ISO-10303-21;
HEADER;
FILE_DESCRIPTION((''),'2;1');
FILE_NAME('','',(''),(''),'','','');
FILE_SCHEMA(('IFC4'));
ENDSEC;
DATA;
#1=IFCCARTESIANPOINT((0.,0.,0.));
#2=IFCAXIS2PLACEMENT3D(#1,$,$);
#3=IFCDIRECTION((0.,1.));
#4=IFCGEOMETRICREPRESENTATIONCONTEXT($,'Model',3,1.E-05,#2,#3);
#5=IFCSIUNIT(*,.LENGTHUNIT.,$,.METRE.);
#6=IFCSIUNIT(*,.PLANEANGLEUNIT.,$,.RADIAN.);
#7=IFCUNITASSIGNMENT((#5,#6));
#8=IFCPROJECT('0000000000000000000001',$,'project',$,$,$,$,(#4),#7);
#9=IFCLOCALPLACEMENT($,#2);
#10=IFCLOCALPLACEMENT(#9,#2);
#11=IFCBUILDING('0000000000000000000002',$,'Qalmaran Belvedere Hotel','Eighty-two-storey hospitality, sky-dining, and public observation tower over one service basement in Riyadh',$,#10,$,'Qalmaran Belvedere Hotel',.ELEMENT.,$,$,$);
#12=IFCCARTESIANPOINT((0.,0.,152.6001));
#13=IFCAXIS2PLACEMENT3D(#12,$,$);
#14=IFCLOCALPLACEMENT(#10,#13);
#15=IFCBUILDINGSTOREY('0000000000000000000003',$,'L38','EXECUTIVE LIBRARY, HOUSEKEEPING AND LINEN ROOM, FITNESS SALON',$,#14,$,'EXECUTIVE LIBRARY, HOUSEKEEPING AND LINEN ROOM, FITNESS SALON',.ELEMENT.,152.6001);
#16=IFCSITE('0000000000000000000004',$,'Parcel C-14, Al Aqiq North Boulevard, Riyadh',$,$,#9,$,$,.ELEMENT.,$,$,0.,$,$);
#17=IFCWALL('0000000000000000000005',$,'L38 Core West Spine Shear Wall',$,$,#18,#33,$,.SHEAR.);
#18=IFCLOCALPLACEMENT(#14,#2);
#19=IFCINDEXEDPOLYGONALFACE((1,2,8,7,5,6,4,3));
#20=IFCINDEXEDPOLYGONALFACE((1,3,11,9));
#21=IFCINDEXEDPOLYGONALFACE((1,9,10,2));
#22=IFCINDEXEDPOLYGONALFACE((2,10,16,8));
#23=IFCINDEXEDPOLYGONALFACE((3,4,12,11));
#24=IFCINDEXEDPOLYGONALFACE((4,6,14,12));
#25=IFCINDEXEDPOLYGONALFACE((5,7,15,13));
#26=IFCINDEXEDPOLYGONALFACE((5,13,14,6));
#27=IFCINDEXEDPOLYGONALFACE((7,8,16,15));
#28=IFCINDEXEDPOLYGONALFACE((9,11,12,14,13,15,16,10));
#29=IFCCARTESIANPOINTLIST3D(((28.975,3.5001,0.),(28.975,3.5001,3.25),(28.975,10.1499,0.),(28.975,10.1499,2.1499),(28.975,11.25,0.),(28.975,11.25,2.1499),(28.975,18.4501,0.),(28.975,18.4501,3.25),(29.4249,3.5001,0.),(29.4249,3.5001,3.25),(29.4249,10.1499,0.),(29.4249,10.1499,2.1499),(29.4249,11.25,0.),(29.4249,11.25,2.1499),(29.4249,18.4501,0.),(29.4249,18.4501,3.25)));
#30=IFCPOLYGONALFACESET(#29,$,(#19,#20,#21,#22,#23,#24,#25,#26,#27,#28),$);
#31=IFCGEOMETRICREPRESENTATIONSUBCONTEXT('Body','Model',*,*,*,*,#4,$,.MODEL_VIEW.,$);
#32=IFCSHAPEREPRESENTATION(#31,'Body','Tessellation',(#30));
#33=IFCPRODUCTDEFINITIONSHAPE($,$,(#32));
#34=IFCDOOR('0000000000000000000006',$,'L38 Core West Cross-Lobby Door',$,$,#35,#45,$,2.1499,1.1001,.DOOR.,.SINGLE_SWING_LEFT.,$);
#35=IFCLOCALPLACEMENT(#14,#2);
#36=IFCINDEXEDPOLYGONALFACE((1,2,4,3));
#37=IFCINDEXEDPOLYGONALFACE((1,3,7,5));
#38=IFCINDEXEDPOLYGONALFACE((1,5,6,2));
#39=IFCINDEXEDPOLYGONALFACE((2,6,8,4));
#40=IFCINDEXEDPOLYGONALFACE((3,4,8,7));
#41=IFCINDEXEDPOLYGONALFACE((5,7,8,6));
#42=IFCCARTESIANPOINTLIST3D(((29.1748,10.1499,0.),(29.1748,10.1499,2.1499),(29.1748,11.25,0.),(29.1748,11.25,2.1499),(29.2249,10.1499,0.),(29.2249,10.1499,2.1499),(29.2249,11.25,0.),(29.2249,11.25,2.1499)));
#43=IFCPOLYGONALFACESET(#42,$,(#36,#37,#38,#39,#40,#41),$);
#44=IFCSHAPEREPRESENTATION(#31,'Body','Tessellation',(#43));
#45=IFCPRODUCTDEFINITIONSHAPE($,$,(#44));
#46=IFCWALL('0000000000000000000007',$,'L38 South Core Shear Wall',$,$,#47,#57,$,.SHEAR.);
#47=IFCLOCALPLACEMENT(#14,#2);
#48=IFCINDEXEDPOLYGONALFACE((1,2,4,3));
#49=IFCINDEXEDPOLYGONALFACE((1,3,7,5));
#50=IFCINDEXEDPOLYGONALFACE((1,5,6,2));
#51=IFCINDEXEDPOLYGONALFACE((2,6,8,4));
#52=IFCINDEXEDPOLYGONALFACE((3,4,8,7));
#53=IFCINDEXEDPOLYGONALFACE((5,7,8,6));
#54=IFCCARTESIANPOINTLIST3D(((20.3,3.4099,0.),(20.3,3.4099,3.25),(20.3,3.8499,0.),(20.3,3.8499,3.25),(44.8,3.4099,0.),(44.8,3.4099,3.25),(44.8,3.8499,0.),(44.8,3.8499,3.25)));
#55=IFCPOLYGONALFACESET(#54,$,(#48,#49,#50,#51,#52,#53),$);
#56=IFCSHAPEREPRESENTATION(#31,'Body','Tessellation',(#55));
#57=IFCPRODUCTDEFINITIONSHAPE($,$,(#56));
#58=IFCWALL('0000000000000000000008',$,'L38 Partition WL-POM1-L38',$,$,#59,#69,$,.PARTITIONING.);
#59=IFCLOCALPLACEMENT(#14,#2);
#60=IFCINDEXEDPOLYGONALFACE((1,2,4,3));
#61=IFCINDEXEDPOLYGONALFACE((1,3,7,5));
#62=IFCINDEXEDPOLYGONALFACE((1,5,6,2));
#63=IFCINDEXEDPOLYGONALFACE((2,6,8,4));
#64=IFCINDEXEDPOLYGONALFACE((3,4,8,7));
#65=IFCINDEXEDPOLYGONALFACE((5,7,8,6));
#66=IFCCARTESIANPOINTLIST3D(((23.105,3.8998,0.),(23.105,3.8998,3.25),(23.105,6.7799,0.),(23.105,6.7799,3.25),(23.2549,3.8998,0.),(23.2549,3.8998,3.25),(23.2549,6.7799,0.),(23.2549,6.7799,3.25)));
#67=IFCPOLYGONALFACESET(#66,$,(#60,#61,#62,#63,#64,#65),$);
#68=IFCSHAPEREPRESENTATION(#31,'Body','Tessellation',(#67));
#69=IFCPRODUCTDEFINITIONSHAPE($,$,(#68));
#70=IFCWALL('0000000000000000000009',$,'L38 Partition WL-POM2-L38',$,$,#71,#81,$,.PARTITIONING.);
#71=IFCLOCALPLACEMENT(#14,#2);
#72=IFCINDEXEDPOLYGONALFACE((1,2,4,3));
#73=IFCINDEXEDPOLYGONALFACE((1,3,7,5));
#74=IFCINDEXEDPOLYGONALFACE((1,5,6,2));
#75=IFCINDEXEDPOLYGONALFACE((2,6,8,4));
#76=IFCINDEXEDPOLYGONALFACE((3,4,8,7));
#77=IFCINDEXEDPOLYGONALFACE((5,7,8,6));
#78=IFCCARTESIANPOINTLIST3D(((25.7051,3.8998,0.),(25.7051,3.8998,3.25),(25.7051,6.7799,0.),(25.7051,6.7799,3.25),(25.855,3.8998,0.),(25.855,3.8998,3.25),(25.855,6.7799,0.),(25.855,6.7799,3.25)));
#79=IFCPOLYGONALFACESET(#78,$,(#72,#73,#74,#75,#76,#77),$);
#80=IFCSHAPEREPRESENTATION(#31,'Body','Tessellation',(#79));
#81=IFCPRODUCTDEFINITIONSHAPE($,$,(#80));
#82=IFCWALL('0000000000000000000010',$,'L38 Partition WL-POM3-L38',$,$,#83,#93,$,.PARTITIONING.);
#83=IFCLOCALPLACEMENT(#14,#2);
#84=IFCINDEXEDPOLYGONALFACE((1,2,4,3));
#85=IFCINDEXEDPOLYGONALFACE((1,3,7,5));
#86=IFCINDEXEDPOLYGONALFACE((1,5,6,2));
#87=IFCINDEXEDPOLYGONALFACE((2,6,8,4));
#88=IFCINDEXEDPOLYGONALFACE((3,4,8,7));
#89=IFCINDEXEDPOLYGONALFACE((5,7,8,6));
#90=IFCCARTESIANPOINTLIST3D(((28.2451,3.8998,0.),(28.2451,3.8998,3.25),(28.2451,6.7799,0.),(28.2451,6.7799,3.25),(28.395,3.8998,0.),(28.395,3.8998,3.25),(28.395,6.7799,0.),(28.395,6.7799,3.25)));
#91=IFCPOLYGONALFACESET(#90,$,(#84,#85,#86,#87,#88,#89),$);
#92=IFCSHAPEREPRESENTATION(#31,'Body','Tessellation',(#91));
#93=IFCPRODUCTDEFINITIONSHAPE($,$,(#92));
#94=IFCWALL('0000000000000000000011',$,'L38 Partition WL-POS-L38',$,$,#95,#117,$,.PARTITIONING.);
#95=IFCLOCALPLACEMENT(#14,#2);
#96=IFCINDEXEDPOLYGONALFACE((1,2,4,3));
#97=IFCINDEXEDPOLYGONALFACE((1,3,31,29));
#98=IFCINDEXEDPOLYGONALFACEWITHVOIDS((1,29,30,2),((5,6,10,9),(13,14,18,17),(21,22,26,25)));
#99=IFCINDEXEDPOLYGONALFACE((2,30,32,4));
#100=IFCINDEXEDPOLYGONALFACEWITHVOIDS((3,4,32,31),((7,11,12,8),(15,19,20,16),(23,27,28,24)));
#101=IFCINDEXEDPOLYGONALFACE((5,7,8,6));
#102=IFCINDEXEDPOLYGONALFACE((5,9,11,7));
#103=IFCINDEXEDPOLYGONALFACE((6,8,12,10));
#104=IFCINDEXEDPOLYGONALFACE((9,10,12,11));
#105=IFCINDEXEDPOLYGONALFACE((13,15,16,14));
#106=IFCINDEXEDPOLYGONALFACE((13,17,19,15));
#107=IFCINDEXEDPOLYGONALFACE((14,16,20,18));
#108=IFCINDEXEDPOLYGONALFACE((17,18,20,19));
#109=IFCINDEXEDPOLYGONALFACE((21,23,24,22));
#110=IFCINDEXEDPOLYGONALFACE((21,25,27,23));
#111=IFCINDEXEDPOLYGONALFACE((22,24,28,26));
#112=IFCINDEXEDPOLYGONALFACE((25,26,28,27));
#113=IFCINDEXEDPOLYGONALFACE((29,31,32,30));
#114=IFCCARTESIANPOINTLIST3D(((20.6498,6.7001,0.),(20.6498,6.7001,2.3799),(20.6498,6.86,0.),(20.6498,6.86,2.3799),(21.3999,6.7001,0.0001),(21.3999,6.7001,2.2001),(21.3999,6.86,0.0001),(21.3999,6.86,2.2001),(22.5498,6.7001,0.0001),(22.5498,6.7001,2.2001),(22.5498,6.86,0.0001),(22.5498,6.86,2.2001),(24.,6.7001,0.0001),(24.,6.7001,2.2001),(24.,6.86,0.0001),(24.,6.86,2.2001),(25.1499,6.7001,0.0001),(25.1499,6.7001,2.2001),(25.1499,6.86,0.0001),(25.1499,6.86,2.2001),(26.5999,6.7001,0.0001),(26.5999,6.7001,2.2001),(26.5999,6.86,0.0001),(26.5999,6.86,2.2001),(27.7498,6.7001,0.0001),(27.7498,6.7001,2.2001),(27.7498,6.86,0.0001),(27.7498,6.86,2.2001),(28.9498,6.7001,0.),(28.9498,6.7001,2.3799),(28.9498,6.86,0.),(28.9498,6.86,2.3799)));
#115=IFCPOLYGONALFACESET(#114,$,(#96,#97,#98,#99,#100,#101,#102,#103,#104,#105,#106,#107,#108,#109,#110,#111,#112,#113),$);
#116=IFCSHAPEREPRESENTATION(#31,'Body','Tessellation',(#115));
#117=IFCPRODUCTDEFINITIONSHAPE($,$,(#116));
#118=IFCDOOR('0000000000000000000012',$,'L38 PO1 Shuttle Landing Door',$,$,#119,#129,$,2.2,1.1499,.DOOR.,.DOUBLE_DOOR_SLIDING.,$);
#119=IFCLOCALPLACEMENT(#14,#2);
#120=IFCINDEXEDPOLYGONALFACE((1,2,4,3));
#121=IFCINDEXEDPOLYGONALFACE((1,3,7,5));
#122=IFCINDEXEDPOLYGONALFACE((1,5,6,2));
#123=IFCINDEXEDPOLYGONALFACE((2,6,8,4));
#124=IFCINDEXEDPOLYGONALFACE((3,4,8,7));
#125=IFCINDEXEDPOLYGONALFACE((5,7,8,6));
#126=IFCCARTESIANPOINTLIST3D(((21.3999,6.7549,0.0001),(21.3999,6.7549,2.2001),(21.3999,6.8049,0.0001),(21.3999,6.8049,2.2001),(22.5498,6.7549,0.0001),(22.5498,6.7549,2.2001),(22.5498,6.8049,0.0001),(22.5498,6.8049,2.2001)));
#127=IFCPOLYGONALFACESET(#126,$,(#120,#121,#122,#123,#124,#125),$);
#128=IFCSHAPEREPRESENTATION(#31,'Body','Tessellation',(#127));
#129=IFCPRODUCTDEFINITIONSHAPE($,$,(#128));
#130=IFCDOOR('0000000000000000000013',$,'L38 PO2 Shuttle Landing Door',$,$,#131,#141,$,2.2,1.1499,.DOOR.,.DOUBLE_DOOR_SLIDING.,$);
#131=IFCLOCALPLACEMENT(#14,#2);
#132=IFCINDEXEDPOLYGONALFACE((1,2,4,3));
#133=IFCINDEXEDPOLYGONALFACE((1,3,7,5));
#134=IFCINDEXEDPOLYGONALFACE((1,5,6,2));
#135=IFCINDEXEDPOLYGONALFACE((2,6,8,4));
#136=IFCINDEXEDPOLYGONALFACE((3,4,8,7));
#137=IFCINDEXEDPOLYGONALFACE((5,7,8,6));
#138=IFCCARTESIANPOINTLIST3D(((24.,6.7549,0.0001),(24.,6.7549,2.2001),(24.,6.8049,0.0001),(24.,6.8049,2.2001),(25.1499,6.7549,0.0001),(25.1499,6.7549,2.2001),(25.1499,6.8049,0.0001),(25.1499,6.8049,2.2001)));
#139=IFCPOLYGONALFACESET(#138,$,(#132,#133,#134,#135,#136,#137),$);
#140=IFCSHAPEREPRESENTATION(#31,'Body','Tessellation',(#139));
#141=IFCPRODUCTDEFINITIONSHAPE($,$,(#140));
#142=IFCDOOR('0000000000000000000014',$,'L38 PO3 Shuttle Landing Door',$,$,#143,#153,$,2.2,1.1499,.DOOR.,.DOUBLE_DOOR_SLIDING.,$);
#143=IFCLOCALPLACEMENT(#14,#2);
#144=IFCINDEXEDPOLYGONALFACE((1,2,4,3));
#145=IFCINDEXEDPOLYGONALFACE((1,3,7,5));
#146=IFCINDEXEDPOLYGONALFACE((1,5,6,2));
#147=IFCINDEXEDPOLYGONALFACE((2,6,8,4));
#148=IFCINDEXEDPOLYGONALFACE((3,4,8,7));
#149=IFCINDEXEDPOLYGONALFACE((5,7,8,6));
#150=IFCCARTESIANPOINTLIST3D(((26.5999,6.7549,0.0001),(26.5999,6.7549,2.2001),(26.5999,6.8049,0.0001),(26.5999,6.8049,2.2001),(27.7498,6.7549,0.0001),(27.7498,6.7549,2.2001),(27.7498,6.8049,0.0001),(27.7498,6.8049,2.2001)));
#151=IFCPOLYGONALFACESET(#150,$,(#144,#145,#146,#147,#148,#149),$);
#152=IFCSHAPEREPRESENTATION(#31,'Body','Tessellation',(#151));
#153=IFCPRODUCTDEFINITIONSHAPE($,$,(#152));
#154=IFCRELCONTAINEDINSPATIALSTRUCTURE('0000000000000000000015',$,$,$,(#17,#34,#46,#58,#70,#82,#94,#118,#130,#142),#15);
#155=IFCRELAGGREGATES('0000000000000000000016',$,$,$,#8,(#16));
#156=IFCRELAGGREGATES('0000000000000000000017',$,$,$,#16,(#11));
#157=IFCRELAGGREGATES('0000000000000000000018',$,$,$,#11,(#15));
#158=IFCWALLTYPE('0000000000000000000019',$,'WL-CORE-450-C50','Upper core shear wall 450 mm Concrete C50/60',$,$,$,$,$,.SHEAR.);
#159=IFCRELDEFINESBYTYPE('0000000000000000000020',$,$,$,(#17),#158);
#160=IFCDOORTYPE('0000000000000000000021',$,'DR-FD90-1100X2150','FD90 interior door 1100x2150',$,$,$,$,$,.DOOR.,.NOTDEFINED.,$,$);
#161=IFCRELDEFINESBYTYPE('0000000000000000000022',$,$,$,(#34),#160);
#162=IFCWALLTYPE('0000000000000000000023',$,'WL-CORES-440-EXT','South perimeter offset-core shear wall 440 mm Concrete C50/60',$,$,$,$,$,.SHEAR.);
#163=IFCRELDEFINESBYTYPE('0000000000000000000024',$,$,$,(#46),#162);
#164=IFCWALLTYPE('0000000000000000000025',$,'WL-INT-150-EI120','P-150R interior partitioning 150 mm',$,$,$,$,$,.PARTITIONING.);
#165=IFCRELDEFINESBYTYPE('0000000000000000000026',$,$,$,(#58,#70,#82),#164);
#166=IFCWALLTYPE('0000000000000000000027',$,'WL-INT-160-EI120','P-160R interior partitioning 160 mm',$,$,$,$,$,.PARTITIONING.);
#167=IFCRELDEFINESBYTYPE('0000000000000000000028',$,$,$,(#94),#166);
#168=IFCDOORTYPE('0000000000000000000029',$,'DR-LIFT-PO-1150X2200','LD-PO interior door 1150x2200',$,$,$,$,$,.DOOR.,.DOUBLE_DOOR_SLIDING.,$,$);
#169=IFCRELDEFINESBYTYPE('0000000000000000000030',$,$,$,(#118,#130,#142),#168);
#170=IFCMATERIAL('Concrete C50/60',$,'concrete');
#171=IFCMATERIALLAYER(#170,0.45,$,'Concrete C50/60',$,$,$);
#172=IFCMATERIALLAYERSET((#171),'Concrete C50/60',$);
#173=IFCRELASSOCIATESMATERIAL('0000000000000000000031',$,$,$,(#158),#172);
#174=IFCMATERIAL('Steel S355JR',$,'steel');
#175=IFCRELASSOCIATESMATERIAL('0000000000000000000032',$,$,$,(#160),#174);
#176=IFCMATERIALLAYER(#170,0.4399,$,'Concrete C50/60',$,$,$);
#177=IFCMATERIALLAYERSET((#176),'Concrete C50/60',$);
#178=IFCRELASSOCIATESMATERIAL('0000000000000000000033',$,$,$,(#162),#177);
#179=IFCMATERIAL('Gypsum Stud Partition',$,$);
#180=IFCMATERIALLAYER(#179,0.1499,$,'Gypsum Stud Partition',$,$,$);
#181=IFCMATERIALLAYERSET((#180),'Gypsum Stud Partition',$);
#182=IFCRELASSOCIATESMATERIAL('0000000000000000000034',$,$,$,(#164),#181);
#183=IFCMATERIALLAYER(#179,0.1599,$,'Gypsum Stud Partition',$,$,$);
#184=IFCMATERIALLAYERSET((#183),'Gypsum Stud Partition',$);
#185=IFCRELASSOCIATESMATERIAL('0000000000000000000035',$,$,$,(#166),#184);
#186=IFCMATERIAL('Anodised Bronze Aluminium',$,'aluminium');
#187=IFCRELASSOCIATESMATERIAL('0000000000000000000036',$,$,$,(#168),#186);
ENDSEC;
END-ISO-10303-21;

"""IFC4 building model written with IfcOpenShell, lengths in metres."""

from ifc_helpers import new_model, si_unit, direction, frame, frame_2d, origin, place, context, subcontext, project, spatial, rectangle, extrude, material, layer, layer_set, type_object, element, fill, save


model = new_model("IFC4")

# Units and contexts
model_context = context("Model", 3, precision=1e-05, world=origin(), true_north=direction((0.0, 1.0)))
body_context = subcontext(model_context, "Body", "Model", "MODEL_VIEW")
ifc_project = project(units=[si_unit("LENGTHUNIT", "METRE"), si_unit("PLANEANGLEUNIT", "RADIAN")], contexts=[model_context])

# Site, building, storey
site_placement = place(None, origin())
site = spatial("IfcSite", under=ifc_project, at=site_placement, Name="Parcel C-14, Al Aqiq North Boulevard, Riyadh", CompositionType="ELEMENT", RefElevation=0.0)
building_placement = place(site_placement, origin())
building = spatial("IfcBuilding", under=site, at=building_placement, Name="Qalmaran Belvedere Hotel", Description="Eighty-two-storey hospitality, sky-dining, and public observation tower over one service basement in Riyadh", LongName="Qalmaran Belvedere Hotel", CompositionType="ELEMENT")
storey_placement = place(building_placement, frame((0.0, 0.0, 152.6001)))
storey = spatial("IfcBuildingStorey", under=building, at=storey_placement, Name="L38", Description="EXECUTIVE LIBRARY, HOUSEKEEPING AND LINEN ROOM, FITNESS SALON", LongName="EXECUTIVE LIBRARY, HOUSEKEEPING AND LINEN ROOM, FITNESS SALON", CompositionType="ELEMENT", Elevation=152.6001)

# Shared definitions
ifc_material_1 = material(Name="Concrete C50/60", Category="concrete")

# Shared definitions
ifc_material_2 = material(Name="Steel S355JR", Category="steel")

# Shared definitions
ifc_material_3 = material(Name="Anodised Bronze Aluminium", Category="aluminium")

# Shared definitions
ifc_layer_1 = layer(ifc_material_1, 0.45, Name="Concrete C50/60")
ifc_layer_set_1 = layer_set([ifc_layer_1], Name="Concrete C50/60")
wall_type_1 = type_object("IfcWallType", Name="WL-CORE-450-C50", Description="Upper core shear wall 450 mm Concrete C50/60", PredefinedType="SHEAR", material=ifc_layer_set_1)

# Wall, opening, door
wall_1_placement = place(storey_placement, frame((29.2, 3.5, 0.0), z_axis=(0.0, 0.0, 1.0), x_axis=(0.0, 1.0, 0.0)))
wall_1 = element("IfcWall", 1, at=wall_1_placement, inside=storey, type_object=wall_type_1, Name="L38 Core West Spine Shear Wall", PredefinedType="SHEAR", context=body_context, shape_type="SweptSolid", body=[
    extrude(rectangle(XDim=14.95, YDim=0.45, at=frame_2d((7.4751, 0.0))), origin(), (0.0, 0.0, 1.0), 3.25),
])
opening_1_placement = place(wall_1_placement, frame((7.75, 0.0, 0.0), z_axis=(0.0, 0.0, 1.0), x_axis=(-1.0, 0.0, 0.0)))
opening_1 = element("IfcOpeningElement", 2, at=opening_1_placement, cuts=wall_1, PredefinedType="OPENING", context=body_context, shape_type="SweptSolid", body=[
    extrude(rectangle(XDim=1.1001, YDim=2.1499, at=frame_2d((0.55, 1.075))), frame((0.0, 0.2349, 0.0), z_axis=(0.0, -1.0, 0.0), x_axis=(1.0, 0.0, 0.0)), (0.0, 0.0, 1.0), 0.47),
])
door_type_1 = type_object("IfcDoorType", Name="DR-FD90-1100X2150", Description="FD90 interior door 1100x2150", OperationType="NOTDEFINED", PredefinedType="DOOR", material=ifc_material_2)
door_1_placement = place(opening_1_placement, origin())
door_1 = element("IfcDoor", 3, at=door_1_placement, inside=storey, type_object=door_type_1, Name="L38 Core West Cross-Lobby Door", OperationType="SINGLE_SWING_LEFT", OverallHeight=2.1499, OverallWidth=1.1001, PredefinedType="DOOR", context=body_context, shape_type="SweptSolid", body=[
    extrude(rectangle(XDim=1.1001, YDim=2.1499, at=frame_2d((0.55, 1.075))), frame((0.0, 0.0249, 0.0), z_axis=(0.0, -1.0, 0.0), x_axis=(1.0, 0.0, 0.0)), (0.0, 0.0, 1.0), 0.05),
])
fill(opening_1, door_1)

# Walls
ifc_layer_2 = layer(ifc_material_1, 0.4399, Name="Concrete C50/60")
ifc_layer_set_2 = layer_set([ifc_layer_2], Name="Concrete C50/60")
wall_type_2 = type_object("IfcWallType", Name="WL-CORES-440-EXT", Description="South perimeter offset-core shear wall 440 mm Concrete C50/60", PredefinedType="SHEAR", material=ifc_layer_set_2)
wall_2_placement = place(storey_placement, frame((20.3, 3.6299, 0.0), z_axis=(0.0, 0.0, 1.0), x_axis=(1.0, 0.0, 0.0)))
element("IfcWall", 4, at=wall_2_placement, inside=storey, type_object=wall_type_2, Name="L38 South Core Shear Wall", PredefinedType="SHEAR", context=body_context, shape_type="SweptSolid", body=[
    extrude(rectangle(XDim=24.5, YDim=0.4399, at=frame_2d((12.25, 0.0))), origin(), (0.0, 0.0, 1.0), 3.25),
])
ifc_material_4 = material(Name="Gypsum Stud Partition")
ifc_layer_3 = layer(ifc_material_4, 0.1499, Name="Gypsum Stud Partition")
ifc_layer_set_3 = layer_set([ifc_layer_3], Name="Gypsum Stud Partition")
wall_type_3 = type_object("IfcWallType", Name="WL-INT-150-EI120", Description="P-150R interior partitioning 150 mm", PredefinedType="PARTITIONING", material=ifc_layer_set_3)
for number, where, z_axis, x_axis, name in (
    (5, (23.1799, 3.8999, 0.0), (0.0, 0.0, 1.0), (0.0, 1.0, 0.0), "L38 Partition WL-POM1-L38"),
    (6, (25.78, 3.8999, 0.0), (0.0, 0.0, 1.0), (0.0, 1.0, 0.0), "L38 Partition WL-POM2-L38"),
    (7, (28.3201, 3.8999, 0.0), (0.0, 0.0, 1.0), (0.0, 1.0, 0.0), "L38 Partition WL-POM3-L38"),
):
    element("IfcWall", number, at=place(storey_placement, frame(where, z_axis=z_axis, x_axis=x_axis)), inside=storey, type_object=wall_type_3, Name=name, PredefinedType="PARTITIONING", context=body_context, shape_type="SweptSolid", body=[
        extrude(rectangle(XDim=2.8801, YDim=0.1499, at=frame_2d((1.4399, 0.0))), origin(), (0.0, 0.0, 1.0), 3.25),
    ])

# Wall, openings, doors
ifc_layer_4 = layer(ifc_material_4, 0.1599, Name="Gypsum Stud Partition")
ifc_layer_set_4 = layer_set([ifc_layer_4], Name="Gypsum Stud Partition")
wall_type_4 = type_object("IfcWallType", Name="WL-INT-160-EI120", Description="P-160R interior partitioning 160 mm", PredefinedType="PARTITIONING", material=ifc_layer_set_4)
wall_3_placement = place(storey_placement, frame((20.6499, 6.78, 0.0), z_axis=(0.0, 0.0, 1.0), x_axis=(1.0, 0.0, 0.0)))
wall_3 = element("IfcWall", 8, at=wall_3_placement, inside=storey, type_object=wall_type_4, Name="L38 Partition WL-POS-L38", PredefinedType="PARTITIONING", context=body_context, shape_type="SweptSolid", body=[
    extrude(rectangle(XDim=8.3, YDim=0.1599, at=frame_2d((4.1499, 0.0))), origin(), (0.0, 0.0, 1.0), 2.3799),
])
opening_2_placement = place(wall_3_placement, frame((0.75, 0.0, 0.0)))
opening_2 = element("IfcOpeningElement", 9, at=opening_2_placement, cuts=wall_3, PredefinedType="OPENING", context=body_context, shape_type="SweptSolid", body=[
    extrude(rectangle(XDim=1.1499, YDim=2.2, at=frame_2d((0.575, 1.1001))), frame((0.0, 0.0898, 0.0), z_axis=(0.0, -1.0, 0.0), x_axis=(1.0, 0.0, 0.0)), (0.0, 0.0, 1.0), 0.1799),
])
opening_3_placement = place(wall_3_placement, frame((3.3501, 0.0, 0.0)))
opening_3 = element("IfcOpeningElement", 10, at=opening_3_placement, cuts=wall_3, PredefinedType="OPENING", context=body_context, shape_type="SweptSolid", body=[
    extrude(rectangle(XDim=1.1499, YDim=2.2, at=frame_2d((0.575, 1.1001))), frame((0.0, 0.0898, 0.0), z_axis=(0.0, -1.0, 0.0), x_axis=(1.0, 0.0, 0.0)), (0.0, 0.0, 1.0), 0.1799),
])
opening_4_placement = place(wall_3_placement, frame((5.95, 0.0, 0.0)))
opening_4 = element("IfcOpeningElement", 11, at=opening_4_placement, cuts=wall_3, PredefinedType="OPENING", context=body_context, shape_type="SweptSolid", body=[
    extrude(rectangle(XDim=1.1499, YDim=2.2, at=frame_2d((0.575, 1.1001))), frame((0.0, 0.0898, 0.0), z_axis=(0.0, -1.0, 0.0), x_axis=(1.0, 0.0, 0.0)), (0.0, 0.0, 1.0), 0.1799),
])
door_type_2 = type_object("IfcDoorType", Name="DR-LIFT-PO-1150X2200", Description="LD-PO interior door 1150x2200", OperationType="DOUBLE_DOOR_SLIDING", PredefinedType="DOOR", material=ifc_material_3)
door_2_placement = place(opening_2_placement, origin())
door_2 = element("IfcDoor", 12, at=door_2_placement, inside=storey, type_object=door_type_2, Name="L38 PO1 Shuttle Landing Door", OperationType="DOUBLE_DOOR_SLIDING", OverallHeight=2.2, OverallWidth=1.1499, PredefinedType="DOOR", context=body_context, shape_type="SweptSolid", body=[
    extrude(rectangle(XDim=1.1499, YDim=2.2, at=frame_2d((0.575, 1.1001))), frame((0.0, 0.0249, 0.0), z_axis=(0.0, -1.0, 0.0), x_axis=(1.0, 0.0, 0.0)), (0.0, 0.0, 1.0), 0.05),
])
fill(opening_2, door_2)
door_3_placement = place(opening_3_placement, origin())
door_3 = element("IfcDoor", 13, at=door_3_placement, inside=storey, type_object=door_type_2, Name="L38 PO2 Shuttle Landing Door", OperationType="DOUBLE_DOOR_SLIDING", OverallHeight=2.2, OverallWidth=1.1499, PredefinedType="DOOR", context=body_context, shape_type="SweptSolid", body=[
    extrude(rectangle(XDim=1.1499, YDim=2.2, at=frame_2d((0.575, 1.1001))), frame((0.0, 0.0249, 0.0), z_axis=(0.0, -1.0, 0.0), x_axis=(1.0, 0.0, 0.0)), (0.0, 0.0, 1.0), 0.05),
])
fill(opening_3, door_3)
door_4_placement = place(opening_4_placement, origin())
door_4 = element("IfcDoor", 14, at=door_4_placement, inside=storey, type_object=door_type_2, Name="L38 PO3 Shuttle Landing Door", OperationType="DOUBLE_DOOR_SLIDING", OverallHeight=2.2, OverallWidth=1.1499, PredefinedType="DOOR", context=body_context, shape_type="SweptSolid", body=[
    extrude(rectangle(XDim=1.1499, YDim=2.2, at=frame_2d((0.575, 1.1001))), frame((0.0, 0.0249, 0.0), z_axis=(0.0, -1.0, 0.0), x_axis=(1.0, 0.0, 0.0)), (0.0, 0.0, 1.0), 0.05),
])
fill(opening_4, door_4)

save(model, "model.ifc")
